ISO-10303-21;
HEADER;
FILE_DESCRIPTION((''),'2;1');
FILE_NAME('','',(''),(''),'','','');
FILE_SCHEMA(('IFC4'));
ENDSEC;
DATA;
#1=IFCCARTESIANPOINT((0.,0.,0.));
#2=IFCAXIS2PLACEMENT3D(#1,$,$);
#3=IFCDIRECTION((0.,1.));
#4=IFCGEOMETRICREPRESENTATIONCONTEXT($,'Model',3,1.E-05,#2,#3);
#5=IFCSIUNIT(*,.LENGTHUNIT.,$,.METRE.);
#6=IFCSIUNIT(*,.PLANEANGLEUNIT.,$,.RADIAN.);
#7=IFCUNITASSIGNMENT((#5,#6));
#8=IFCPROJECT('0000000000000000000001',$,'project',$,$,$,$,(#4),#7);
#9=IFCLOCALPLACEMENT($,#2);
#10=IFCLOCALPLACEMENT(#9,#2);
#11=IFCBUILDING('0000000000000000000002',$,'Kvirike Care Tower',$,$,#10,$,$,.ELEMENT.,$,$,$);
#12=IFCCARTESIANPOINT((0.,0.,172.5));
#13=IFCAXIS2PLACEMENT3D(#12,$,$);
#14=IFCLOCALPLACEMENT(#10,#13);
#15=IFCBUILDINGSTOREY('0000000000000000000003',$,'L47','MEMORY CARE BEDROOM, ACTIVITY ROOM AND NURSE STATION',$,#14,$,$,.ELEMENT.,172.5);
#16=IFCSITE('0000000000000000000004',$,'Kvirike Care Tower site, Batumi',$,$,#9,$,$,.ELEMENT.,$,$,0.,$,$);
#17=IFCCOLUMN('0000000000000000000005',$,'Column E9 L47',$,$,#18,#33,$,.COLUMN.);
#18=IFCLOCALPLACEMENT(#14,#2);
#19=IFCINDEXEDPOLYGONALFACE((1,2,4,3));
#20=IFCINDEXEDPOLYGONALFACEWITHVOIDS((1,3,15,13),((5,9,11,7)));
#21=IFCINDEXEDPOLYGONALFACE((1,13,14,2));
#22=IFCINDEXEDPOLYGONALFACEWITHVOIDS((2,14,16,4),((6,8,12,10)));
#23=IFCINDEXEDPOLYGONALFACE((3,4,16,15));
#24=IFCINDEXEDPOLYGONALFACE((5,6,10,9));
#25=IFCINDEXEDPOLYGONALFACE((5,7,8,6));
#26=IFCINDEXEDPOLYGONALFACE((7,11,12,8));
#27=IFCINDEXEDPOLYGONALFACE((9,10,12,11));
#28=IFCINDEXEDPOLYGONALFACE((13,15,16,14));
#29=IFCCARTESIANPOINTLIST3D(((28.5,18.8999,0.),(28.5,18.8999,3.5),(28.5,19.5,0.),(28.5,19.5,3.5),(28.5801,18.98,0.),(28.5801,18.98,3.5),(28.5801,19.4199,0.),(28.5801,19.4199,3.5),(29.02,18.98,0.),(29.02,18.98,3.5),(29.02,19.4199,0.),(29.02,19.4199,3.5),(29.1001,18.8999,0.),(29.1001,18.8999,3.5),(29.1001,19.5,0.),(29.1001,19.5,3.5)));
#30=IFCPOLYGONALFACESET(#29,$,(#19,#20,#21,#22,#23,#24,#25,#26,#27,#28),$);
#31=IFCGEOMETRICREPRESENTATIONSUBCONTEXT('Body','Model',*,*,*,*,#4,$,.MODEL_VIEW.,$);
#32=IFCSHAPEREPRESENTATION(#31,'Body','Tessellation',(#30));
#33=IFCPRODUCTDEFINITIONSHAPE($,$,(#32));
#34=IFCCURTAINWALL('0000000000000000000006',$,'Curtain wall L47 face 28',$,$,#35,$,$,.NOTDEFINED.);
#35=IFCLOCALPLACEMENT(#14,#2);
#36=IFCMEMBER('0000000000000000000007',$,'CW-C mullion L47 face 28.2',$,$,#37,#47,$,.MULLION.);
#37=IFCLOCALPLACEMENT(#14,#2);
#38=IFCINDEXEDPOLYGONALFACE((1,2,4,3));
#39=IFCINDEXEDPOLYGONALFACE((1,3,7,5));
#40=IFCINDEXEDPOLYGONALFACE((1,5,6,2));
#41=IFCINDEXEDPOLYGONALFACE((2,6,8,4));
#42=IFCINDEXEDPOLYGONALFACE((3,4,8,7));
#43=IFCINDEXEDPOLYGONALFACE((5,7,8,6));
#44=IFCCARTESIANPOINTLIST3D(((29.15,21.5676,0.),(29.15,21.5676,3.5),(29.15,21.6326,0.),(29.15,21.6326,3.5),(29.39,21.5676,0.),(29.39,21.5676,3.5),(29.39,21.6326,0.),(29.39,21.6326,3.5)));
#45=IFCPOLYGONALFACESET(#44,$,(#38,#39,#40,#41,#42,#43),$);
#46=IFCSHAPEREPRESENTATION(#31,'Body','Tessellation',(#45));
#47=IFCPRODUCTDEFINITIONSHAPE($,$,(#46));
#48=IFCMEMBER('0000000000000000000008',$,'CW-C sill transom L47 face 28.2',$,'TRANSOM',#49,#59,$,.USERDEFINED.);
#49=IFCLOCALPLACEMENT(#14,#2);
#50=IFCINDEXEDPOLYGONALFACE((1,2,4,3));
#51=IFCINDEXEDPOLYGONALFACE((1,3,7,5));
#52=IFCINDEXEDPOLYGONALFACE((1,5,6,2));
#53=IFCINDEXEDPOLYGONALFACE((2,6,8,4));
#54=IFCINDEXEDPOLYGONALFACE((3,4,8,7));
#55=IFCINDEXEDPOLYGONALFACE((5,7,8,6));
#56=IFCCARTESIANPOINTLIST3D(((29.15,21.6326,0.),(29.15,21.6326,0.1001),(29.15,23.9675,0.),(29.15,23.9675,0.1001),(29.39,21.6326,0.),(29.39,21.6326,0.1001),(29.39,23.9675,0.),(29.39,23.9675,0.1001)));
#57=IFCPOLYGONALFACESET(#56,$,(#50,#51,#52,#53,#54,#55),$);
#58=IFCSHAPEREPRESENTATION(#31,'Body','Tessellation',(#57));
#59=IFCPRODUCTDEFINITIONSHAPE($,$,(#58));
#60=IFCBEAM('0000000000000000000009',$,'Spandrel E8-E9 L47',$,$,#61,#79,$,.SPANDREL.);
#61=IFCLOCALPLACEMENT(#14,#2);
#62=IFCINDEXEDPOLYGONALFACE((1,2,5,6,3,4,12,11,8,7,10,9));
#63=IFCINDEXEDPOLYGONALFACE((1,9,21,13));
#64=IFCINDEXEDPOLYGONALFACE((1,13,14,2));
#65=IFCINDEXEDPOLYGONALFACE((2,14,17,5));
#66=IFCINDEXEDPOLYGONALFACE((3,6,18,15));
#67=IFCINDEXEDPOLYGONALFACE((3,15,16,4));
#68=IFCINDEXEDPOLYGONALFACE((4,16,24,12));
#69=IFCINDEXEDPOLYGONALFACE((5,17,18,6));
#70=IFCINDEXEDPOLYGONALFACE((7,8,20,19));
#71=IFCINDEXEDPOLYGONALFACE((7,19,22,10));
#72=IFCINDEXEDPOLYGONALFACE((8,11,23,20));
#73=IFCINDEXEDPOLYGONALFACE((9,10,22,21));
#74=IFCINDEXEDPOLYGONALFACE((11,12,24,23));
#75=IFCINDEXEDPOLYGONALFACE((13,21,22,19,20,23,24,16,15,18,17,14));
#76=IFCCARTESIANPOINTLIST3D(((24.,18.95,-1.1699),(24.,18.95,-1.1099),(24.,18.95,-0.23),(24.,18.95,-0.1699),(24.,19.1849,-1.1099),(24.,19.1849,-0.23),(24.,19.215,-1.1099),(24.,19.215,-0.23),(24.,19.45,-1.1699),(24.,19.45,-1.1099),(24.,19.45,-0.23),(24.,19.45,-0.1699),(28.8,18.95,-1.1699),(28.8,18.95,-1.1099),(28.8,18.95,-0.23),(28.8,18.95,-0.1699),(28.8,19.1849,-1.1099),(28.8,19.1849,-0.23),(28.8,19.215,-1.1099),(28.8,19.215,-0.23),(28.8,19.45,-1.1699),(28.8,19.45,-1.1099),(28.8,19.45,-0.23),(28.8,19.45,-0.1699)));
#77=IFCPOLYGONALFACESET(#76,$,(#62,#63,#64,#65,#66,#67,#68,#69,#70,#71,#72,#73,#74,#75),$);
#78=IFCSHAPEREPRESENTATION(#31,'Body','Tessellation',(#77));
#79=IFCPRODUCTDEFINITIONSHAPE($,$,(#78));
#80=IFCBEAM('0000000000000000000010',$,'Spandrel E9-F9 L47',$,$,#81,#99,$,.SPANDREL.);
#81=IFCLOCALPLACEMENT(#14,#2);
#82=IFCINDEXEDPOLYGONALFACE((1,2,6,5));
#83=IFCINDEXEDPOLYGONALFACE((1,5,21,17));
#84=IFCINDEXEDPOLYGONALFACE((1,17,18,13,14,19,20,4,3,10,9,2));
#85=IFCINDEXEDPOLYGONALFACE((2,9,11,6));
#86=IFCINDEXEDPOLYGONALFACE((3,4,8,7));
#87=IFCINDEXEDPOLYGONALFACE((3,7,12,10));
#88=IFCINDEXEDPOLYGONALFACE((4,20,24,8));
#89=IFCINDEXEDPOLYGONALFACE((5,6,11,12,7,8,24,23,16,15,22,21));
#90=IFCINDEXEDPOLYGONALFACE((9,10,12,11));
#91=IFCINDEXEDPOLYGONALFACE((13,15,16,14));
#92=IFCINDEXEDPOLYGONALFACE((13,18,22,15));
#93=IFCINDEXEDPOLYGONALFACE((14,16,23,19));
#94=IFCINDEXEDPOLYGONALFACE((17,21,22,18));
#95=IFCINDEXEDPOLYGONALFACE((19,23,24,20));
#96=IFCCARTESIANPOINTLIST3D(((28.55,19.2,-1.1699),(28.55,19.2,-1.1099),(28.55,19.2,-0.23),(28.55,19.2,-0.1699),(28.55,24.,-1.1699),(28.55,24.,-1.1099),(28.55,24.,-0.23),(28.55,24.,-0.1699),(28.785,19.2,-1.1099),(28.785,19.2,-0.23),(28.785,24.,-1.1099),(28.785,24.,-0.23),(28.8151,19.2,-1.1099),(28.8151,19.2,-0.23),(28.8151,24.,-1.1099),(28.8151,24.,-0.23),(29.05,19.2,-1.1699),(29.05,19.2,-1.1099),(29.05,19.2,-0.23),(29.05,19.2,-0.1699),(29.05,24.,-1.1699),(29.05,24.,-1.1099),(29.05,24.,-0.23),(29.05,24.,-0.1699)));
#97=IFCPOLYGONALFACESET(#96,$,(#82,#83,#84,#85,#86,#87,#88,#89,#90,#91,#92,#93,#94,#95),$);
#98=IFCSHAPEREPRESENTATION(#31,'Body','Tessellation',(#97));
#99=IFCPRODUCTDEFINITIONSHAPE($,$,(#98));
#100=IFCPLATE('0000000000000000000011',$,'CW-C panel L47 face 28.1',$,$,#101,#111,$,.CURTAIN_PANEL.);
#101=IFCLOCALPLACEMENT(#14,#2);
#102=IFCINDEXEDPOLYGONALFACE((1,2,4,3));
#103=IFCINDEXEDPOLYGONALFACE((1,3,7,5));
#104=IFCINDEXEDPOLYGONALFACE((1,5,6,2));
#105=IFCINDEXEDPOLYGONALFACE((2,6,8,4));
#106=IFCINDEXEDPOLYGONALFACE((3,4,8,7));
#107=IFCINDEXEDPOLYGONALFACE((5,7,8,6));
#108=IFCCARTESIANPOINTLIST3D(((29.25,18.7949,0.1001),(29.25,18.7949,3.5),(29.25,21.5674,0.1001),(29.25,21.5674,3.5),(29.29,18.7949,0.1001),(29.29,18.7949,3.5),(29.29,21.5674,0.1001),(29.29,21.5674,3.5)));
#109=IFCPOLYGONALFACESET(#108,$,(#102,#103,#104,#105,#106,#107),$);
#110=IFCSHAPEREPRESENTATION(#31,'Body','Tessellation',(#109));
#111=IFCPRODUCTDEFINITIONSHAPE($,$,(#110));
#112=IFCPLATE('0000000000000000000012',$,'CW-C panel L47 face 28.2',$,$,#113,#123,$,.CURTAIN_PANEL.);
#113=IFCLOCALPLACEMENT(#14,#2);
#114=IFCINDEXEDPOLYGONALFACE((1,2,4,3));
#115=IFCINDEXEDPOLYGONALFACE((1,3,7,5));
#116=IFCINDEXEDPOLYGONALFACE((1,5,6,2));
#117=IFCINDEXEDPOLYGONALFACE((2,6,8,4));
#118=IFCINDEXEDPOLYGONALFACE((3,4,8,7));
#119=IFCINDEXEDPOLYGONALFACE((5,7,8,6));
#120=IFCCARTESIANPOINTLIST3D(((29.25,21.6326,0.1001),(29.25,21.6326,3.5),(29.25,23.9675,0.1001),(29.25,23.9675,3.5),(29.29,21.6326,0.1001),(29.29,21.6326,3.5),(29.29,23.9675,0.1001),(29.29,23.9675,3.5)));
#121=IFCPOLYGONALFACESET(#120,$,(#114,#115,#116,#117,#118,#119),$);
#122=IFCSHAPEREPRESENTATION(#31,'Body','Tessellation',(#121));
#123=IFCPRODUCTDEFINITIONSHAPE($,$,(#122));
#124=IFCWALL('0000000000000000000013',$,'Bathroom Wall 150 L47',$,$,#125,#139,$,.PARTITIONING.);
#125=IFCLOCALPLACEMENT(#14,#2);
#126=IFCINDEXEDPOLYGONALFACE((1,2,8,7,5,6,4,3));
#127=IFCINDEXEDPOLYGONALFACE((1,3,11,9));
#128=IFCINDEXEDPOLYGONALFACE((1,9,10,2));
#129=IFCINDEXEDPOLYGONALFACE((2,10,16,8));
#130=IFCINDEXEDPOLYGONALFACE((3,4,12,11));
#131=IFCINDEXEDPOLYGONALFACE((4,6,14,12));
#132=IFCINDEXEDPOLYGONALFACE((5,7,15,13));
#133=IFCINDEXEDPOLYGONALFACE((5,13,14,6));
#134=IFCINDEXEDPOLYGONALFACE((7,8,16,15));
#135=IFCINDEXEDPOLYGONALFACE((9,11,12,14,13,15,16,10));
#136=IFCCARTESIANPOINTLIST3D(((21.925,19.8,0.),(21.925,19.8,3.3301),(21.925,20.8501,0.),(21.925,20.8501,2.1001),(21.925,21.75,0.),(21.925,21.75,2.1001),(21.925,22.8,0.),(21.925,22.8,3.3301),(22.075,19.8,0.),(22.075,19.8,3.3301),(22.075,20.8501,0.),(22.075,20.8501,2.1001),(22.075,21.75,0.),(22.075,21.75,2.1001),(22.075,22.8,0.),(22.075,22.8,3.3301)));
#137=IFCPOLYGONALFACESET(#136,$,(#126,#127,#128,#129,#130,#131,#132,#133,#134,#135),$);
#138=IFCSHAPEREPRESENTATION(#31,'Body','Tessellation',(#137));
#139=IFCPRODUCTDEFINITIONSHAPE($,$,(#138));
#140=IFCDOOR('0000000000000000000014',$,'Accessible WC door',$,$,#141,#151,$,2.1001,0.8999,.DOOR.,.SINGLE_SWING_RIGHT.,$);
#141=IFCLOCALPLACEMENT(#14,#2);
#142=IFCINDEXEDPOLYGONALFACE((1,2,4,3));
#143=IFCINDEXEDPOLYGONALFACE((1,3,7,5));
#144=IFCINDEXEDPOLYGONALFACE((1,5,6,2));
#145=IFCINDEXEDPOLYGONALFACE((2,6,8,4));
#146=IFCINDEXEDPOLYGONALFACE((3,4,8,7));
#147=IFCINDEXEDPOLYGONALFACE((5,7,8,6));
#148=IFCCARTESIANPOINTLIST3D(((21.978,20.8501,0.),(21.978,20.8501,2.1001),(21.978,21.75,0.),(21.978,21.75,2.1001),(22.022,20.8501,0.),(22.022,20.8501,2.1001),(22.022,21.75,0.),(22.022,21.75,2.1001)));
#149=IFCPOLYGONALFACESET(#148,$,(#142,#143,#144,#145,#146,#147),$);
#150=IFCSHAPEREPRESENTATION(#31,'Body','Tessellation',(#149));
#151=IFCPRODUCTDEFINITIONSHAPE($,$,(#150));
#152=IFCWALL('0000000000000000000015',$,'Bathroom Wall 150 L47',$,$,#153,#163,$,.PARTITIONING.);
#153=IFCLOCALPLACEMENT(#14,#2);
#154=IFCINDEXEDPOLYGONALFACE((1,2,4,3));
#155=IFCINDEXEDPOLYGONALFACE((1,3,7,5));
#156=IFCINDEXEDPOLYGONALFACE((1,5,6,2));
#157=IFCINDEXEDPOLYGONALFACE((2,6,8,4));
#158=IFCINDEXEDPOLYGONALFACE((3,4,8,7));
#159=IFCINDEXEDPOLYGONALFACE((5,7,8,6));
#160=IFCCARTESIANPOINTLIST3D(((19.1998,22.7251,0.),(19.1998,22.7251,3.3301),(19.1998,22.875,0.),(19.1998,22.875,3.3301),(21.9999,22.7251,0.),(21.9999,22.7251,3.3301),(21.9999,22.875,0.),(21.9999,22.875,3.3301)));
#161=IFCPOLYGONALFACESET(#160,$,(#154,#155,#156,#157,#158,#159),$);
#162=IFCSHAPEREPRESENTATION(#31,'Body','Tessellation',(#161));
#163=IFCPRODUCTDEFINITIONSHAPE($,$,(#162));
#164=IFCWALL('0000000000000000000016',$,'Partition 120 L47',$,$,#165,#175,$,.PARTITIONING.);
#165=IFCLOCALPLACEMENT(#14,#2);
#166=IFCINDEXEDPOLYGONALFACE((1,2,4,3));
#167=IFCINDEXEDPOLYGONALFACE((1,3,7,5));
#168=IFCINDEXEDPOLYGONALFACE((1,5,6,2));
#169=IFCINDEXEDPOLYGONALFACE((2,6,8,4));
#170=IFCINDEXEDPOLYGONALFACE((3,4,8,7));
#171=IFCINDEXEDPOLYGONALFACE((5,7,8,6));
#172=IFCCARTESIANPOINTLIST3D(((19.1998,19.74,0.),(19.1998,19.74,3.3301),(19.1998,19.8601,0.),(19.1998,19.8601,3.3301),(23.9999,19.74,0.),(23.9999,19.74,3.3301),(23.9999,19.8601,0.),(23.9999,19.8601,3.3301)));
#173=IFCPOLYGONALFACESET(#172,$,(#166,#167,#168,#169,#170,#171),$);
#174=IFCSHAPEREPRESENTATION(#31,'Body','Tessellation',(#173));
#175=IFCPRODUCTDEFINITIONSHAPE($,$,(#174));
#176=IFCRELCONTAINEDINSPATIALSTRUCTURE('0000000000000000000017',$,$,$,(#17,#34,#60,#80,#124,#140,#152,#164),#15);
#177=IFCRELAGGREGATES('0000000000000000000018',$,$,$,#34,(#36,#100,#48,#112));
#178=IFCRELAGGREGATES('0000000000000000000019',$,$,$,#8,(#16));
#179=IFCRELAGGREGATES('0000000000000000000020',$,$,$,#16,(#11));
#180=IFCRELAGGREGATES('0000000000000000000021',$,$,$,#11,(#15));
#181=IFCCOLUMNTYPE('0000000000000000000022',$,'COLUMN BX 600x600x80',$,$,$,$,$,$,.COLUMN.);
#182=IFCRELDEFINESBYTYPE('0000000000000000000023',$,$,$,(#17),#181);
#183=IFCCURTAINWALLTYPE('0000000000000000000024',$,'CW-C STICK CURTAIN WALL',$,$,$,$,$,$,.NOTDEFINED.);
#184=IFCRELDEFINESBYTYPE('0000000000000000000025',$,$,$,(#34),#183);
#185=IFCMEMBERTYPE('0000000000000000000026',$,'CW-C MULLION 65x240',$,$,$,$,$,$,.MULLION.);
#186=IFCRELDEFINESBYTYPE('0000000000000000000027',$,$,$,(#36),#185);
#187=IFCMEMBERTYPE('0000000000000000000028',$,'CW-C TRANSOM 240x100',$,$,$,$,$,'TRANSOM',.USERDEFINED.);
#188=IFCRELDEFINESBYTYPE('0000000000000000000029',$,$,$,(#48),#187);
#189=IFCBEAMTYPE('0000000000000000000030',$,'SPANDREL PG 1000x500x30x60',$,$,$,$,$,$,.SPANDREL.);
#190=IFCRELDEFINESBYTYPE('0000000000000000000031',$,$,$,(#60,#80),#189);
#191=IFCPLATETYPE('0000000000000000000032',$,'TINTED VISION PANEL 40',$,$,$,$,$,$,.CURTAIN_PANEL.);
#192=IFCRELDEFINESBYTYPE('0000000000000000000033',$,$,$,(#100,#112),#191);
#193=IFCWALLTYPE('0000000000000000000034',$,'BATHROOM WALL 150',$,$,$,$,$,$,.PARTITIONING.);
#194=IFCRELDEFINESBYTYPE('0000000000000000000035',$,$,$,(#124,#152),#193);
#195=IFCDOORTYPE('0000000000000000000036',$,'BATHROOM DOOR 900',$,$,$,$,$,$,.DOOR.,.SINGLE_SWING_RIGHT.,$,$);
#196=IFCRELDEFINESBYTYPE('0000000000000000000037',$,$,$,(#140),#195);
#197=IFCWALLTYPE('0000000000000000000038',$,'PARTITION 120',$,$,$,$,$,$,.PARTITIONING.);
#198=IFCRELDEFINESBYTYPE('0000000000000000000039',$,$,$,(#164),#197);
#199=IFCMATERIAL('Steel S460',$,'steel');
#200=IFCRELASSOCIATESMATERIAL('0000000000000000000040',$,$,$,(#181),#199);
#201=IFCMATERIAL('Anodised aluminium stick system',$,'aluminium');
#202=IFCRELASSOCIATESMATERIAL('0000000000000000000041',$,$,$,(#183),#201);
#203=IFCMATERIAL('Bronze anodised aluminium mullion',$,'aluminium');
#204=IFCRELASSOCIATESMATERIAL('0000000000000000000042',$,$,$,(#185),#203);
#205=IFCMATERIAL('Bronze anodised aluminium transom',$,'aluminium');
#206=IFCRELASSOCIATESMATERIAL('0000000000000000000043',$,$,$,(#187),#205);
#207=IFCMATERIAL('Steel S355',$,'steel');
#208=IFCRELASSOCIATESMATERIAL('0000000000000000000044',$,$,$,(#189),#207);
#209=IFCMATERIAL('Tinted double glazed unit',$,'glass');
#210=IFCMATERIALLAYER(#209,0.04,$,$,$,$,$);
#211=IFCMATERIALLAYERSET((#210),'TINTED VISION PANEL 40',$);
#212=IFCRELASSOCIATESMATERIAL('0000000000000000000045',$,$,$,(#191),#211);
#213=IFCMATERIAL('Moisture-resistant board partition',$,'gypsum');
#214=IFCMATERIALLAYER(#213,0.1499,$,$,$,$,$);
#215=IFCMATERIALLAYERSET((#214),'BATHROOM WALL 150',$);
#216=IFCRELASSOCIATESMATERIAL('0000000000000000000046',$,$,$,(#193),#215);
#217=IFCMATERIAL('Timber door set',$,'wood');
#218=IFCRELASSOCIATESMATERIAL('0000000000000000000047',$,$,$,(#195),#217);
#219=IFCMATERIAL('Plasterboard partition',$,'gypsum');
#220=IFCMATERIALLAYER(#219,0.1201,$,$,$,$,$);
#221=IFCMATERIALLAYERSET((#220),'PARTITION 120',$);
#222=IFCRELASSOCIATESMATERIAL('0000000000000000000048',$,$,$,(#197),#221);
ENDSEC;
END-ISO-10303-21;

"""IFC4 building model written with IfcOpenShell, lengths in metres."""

from ifc_helpers import new_model, si_unit, direction, frame, frame_2d, origin, origin_2d, place, context, subcontext, project, spatial, rectangle, hollow_rectangle, i_section, extrude, material, layer, layer_set, material_profile, profile_set, type_object, element, fill, aggregate, save


model = new_model("IFC4")

# Units and contexts
model_context = context("Model", 3, precision=1e-05, world=origin(), true_north=direction((0.0, 1.0)))
body_context = subcontext(model_context, "Body", "Model", "MODEL_VIEW")
ifc_project = project(units=[si_unit("LENGTHUNIT", "METRE"), si_unit("PLANEANGLEUNIT", "RADIAN")], contexts=[model_context])

# Site, building, storey
site_placement = place(None, origin())
site = spatial("IfcSite", under=ifc_project, at=site_placement, Name="Kvirike Care Tower site, Batumi", CompositionType="ELEMENT", RefElevation=0.0)
building_placement = place(site_placement, origin())
building = spatial("IfcBuilding", under=site, at=building_placement, Name="Kvirike Care Tower", CompositionType="ELEMENT")
storey_placement = place(building_placement, frame((0.0, 0.0, 172.5)))
storey = spatial("IfcBuildingStorey", under=building, at=storey_placement, Name="L47", Description="MEMORY CARE BEDROOM, ACTIVITY ROOM AND NURSE STATION", CompositionType="ELEMENT", Elevation=172.5)

# Column
ifc_material_1 = material(Name="Steel S460", Category="steel")
ifc_material_profile_1 = material_profile(ifc_material_1, hollow_rectangle(XDim=0.6001, YDim=0.6001, WallThickness=0.0801, at=origin_2d()), Name="BX 600x600x80")
ifc_profile_set_1 = profile_set([ifc_material_profile_1], Name="Steel S460")
column_type = type_object("IfcColumnType", Name="COLUMN BX 600x600x80", PredefinedType="COLUMN", material=ifc_profile_set_1)
column_placement = place(storey_placement, frame((28.8, 19.2, 0.0), z_axis=(0.0, 0.0, 1.0), x_axis=(0.0, 1.0, 0.0)))
element("IfcColumn", 1, at=column_placement, inside=storey, type_object=column_type, Name="Column E9 L47", PredefinedType="COLUMN", context=body_context, shape_type="SweptSolid", body=[
    extrude(hollow_rectangle(XDim=0.6001, YDim=0.6001, WallThickness=0.0801, at=origin_2d()), origin(), (0.0, 0.0, 1.0), 3.5),
])

# Curtain wall, members
ifc_material_2 = material(Name="Anodised aluminium stick system", Category="aluminium")
curtain_wall_type = type_object("IfcCurtainWallType", Name="CW-C STICK CURTAIN WALL", PredefinedType="NOTDEFINED", material=ifc_material_2)
curtain_wall_placement = place(storey_placement, origin())
curtain_wall = element("IfcCurtainWall", 2, at=curtain_wall_placement, inside=storey, type_object=curtain_wall_type, Name="Curtain wall L47 face 28", PredefinedType="NOTDEFINED")
ifc_material_3 = material(Name="Bronze anodised aluminium mullion", Category="aluminium")
ifc_material_profile_2 = material_profile(ifc_material_3, rectangle(XDim=0.0649, YDim=0.24, at=origin_2d()), Name="CW-C MULLION 65x240")
ifc_profile_set_2 = profile_set([ifc_material_profile_2], Name="Bronze anodised aluminium mullion")
member_type_1 = type_object("IfcMemberType", Name="CW-C MULLION 65x240", PredefinedType="MULLION", material=ifc_profile_set_2)
member_1_placement = place(storey_placement, frame((29.27, 21.6001, 0.0), z_axis=(0.0, 0.0, 1.0), x_axis=(0.0, 1.0, 0.0)))
member_1 = element("IfcMember", 3, at=member_1_placement, type_object=member_type_1, Name="CW-C mullion L47 face 28.2", PredefinedType="MULLION", context=body_context, shape_type="SweptSolid", body=[
    extrude(rectangle(XDim=0.0649, YDim=0.24, at=origin_2d()), origin(), (0.0, 0.0, 1.0), 3.5),
])
ifc_material_4 = material(Name="Bronze anodised aluminium transom", Category="aluminium")
ifc_material_profile_3 = material_profile(ifc_material_4, rectangle(XDim=0.24, YDim=0.1001, at=origin_2d()), Name="CW-C TRANSOM 240x100")
ifc_profile_set_3 = profile_set([ifc_material_profile_3], Name="Bronze anodised aluminium transom")
member_type_2 = type_object("IfcMemberType", Name="CW-C TRANSOM 240x100", ElementType="TRANSOM", PredefinedType="USERDEFINED", material=ifc_profile_set_3)
member_2_placement = place(storey_placement, frame((29.27, 21.6326, 0.05), z_axis=(0.0, 1.0, 0.0), x_axis=(-1.0, 0.0, 0.0)))
member_2 = element("IfcMember", 4, at=member_2_placement, type_object=member_type_2, Name="CW-C sill transom L47 face 28.2", ObjectType="TRANSOM", PredefinedType="USERDEFINED", context=body_context, shape_type="SweptSolid", body=[
    extrude(rectangle(XDim=0.24, YDim=0.1001, at=origin_2d()), origin(), (0.0, 0.0, 1.0), 2.335),
])

# Beams
ifc_material_5 = material(Name="Steel S355", Category="steel")
ifc_material_profile_4 = material_profile(ifc_material_5, i_section(OverallWidth=0.5, OverallDepth=1.0, WebThickness=0.03, FlangeThickness=0.0601, at=origin_2d()), Name="PG 1000x500x30x60")
ifc_profile_set_4 = profile_set([ifc_material_profile_4], Name="Steel S355")
beam_type = type_object("IfcBeamType", Name="SPANDREL PG 1000x500x30x60", PredefinedType="SPANDREL", material=ifc_profile_set_4)
for number, where, z_axis, x_axis, name in (
    (5, (24.0, 19.2, -0.6699), (1.0, 0.0, 0.0), (0.0, 1.0, 0.0), "Spandrel E8-E9 L47"),
    (6, (28.8, 19.2, -0.6699), (0.0, 1.0, 0.0), (-1.0, 0.0, 0.0), "Spandrel E9-F9 L47"),
):
    element("IfcBeam", number, at=place(storey_placement, frame(where, z_axis=z_axis, x_axis=x_axis)), inside=storey, type_object=beam_type, Name=name, PredefinedType="SPANDREL", context=body_context, shape_type="SweptSolid", body=[
        extrude(i_section(OverallWidth=0.5, OverallDepth=1.0, WebThickness=0.03, FlangeThickness=0.0601, at=origin_2d()), origin(), (0.0, 0.0, 1.0), 4.8),
    ])

# Plates
ifc_material_6 = material(Name="Tinted double glazed unit", Category="glass")
ifc_layer_1 = layer(ifc_material_6, 0.04)
ifc_layer_set_1 = layer_set([ifc_layer_1], Name="TINTED VISION PANEL 40")
plate_type = type_object("IfcPlateType", Name="TINTED VISION PANEL 40", PredefinedType="CURTAIN_PANEL", material=ifc_layer_set_1)
plate_1_placement = place(storey_placement, frame((29.27, 20.1812, 0.1001), z_axis=(0.0, 0.0, 1.0), x_axis=(0.0, 1.0, 0.0)))
plate_1 = element("IfcPlate", 7, at=plate_1_placement, type_object=plate_type, Name="CW-C panel L47 face 28.1", PredefinedType="CURTAIN_PANEL", context=body_context, shape_type="SweptSolid", body=[
    extrude(rectangle(XDim=2.7725, YDim=0.04, at=origin_2d()), origin(), (0.0, 0.0, 1.0), 3.3999),
])
plate_2_placement = place(storey_placement, frame((29.27, 22.8, 0.1001), z_axis=(0.0, 0.0, 1.0), x_axis=(0.0, 1.0, 0.0)))
plate_2 = element("IfcPlate", 8, at=plate_2_placement, type_object=plate_type, Name="CW-C panel L47 face 28.2", PredefinedType="CURTAIN_PANEL", context=body_context, shape_type="SweptSolid", body=[
    extrude(rectangle(XDim=2.335, YDim=0.04, at=origin_2d()), origin(), (0.0, 0.0, 1.0), 3.3999),
])
aggregate(curtain_wall, [member_1, plate_1, member_2, plate_2])

# Wall, opening, door
ifc_material_7 = material(Name="Moisture-resistant board partition", Category="gypsum")
ifc_layer_2 = layer(ifc_material_7, 0.1499)
ifc_layer_set_2 = layer_set([ifc_layer_2], Name="BATHROOM WALL 150")
wall_type_1 = type_object("IfcWallType", Name="BATHROOM WALL 150", PredefinedType="PARTITIONING", material=ifc_layer_set_2)
wall_1_placement = place(storey_placement, frame((22.0, 19.8, 0.0), z_axis=(0.0, 0.0, 1.0), x_axis=(0.0, 1.0, 0.0)))
wall_1 = element("IfcWall", 9, at=wall_1_placement, inside=storey, type_object=wall_type_1, Name="Bathroom Wall 150 L47", PredefinedType="PARTITIONING", context=body_context, shape_type="SweptSolid", body=[
    extrude(rectangle(XDim=3.0, YDim=0.1499, at=frame_2d((1.5, 0.0))), origin(), (0.0, 0.0, 1.0), 3.3301),
])
opening_1_placement = place(wall_1_placement, frame((1.05, 0.0, 0.0)))
opening_1 = element("IfcOpeningElement", 10, at=opening_1_placement, cuts=wall_1, PredefinedType="OPENING", context=body_context, shape_type="SweptSolid", body=[
    extrude(rectangle(XDim=0.8999, YDim=2.1001, at=frame_2d((0.45, 1.05))), frame((0.0, 0.0854, 0.0), z_axis=(0.0, -1.0, 0.0), x_axis=(1.0, 0.0, 0.0)), (0.0, 0.0, 1.0), 0.1709),
])
ifc_material_8 = material(Name="Timber door set", Category="wood")
door_type_1 = type_object("IfcDoorType", Name="BATHROOM DOOR 900", OperationType="SINGLE_SWING_RIGHT", PredefinedType="DOOR", material=ifc_material_8)
door_1_placement = place(opening_1_placement, origin())
door_1 = element("IfcDoor", 11, at=door_1_placement, inside=storey, type_object=door_type_1, Name="Accessible WC door", OperationType="SINGLE_SWING_RIGHT", OverallHeight=2.1001, OverallWidth=0.8999, PredefinedType="DOOR", context=body_context, shape_type="SweptSolid", body=[
    extrude(rectangle(XDim=0.8999, YDim=2.1001, at=frame_2d((0.45, 1.05))), frame((0.0, 0.022, 0.0), z_axis=(0.0, -1.0, 0.0), x_axis=(1.0, 0.0, 0.0)), (0.0, 0.0, 1.0), 0.0439),
])
fill(opening_1, door_1)

# Walls
wall_2_placement = place(storey_placement, frame((19.2, 22.8, 0.0), z_axis=(0.0, 0.0, 1.0), x_axis=(1.0, 0.0, 0.0)))
element("IfcWall", 12, at=wall_2_placement, inside=storey, type_object=wall_type_1, Name="Bathroom Wall 150 L47", PredefinedType="PARTITIONING", context=body_context, shape_type="SweptSolid", body=[
    extrude(rectangle(XDim=2.8, YDim=0.1499, at=frame_2d((1.3999, 0.0))), origin(), (0.0, 0.0, 1.0), 3.3301),
])
ifc_material_9 = material(Name="Plasterboard partition", Category="gypsum")
ifc_layer_3 = layer(ifc_material_9, 0.1201)
ifc_layer_set_3 = layer_set([ifc_layer_3], Name="PARTITION 120")
wall_type_2 = type_object("IfcWallType", Name="PARTITION 120", PredefinedType="PARTITIONING", material=ifc_layer_set_3)
wall_3_placement = place(storey_placement, frame((19.2, 19.8, 0.0), z_axis=(0.0, 0.0, 1.0), x_axis=(1.0, 0.0, 0.0)))
element("IfcWall", 13, at=wall_3_placement, inside=storey, type_object=wall_type_2, Name="Partition 120 L47", PredefinedType="PARTITIONING", context=body_context, shape_type="SweptSolid", body=[
    extrude(rectangle(XDim=4.8, YDim=0.1201, at=frame_2d((2.3999, 0.0))), origin(), (0.0, 0.0, 1.0), 3.3301),
])

save(model, "model.ifc")
